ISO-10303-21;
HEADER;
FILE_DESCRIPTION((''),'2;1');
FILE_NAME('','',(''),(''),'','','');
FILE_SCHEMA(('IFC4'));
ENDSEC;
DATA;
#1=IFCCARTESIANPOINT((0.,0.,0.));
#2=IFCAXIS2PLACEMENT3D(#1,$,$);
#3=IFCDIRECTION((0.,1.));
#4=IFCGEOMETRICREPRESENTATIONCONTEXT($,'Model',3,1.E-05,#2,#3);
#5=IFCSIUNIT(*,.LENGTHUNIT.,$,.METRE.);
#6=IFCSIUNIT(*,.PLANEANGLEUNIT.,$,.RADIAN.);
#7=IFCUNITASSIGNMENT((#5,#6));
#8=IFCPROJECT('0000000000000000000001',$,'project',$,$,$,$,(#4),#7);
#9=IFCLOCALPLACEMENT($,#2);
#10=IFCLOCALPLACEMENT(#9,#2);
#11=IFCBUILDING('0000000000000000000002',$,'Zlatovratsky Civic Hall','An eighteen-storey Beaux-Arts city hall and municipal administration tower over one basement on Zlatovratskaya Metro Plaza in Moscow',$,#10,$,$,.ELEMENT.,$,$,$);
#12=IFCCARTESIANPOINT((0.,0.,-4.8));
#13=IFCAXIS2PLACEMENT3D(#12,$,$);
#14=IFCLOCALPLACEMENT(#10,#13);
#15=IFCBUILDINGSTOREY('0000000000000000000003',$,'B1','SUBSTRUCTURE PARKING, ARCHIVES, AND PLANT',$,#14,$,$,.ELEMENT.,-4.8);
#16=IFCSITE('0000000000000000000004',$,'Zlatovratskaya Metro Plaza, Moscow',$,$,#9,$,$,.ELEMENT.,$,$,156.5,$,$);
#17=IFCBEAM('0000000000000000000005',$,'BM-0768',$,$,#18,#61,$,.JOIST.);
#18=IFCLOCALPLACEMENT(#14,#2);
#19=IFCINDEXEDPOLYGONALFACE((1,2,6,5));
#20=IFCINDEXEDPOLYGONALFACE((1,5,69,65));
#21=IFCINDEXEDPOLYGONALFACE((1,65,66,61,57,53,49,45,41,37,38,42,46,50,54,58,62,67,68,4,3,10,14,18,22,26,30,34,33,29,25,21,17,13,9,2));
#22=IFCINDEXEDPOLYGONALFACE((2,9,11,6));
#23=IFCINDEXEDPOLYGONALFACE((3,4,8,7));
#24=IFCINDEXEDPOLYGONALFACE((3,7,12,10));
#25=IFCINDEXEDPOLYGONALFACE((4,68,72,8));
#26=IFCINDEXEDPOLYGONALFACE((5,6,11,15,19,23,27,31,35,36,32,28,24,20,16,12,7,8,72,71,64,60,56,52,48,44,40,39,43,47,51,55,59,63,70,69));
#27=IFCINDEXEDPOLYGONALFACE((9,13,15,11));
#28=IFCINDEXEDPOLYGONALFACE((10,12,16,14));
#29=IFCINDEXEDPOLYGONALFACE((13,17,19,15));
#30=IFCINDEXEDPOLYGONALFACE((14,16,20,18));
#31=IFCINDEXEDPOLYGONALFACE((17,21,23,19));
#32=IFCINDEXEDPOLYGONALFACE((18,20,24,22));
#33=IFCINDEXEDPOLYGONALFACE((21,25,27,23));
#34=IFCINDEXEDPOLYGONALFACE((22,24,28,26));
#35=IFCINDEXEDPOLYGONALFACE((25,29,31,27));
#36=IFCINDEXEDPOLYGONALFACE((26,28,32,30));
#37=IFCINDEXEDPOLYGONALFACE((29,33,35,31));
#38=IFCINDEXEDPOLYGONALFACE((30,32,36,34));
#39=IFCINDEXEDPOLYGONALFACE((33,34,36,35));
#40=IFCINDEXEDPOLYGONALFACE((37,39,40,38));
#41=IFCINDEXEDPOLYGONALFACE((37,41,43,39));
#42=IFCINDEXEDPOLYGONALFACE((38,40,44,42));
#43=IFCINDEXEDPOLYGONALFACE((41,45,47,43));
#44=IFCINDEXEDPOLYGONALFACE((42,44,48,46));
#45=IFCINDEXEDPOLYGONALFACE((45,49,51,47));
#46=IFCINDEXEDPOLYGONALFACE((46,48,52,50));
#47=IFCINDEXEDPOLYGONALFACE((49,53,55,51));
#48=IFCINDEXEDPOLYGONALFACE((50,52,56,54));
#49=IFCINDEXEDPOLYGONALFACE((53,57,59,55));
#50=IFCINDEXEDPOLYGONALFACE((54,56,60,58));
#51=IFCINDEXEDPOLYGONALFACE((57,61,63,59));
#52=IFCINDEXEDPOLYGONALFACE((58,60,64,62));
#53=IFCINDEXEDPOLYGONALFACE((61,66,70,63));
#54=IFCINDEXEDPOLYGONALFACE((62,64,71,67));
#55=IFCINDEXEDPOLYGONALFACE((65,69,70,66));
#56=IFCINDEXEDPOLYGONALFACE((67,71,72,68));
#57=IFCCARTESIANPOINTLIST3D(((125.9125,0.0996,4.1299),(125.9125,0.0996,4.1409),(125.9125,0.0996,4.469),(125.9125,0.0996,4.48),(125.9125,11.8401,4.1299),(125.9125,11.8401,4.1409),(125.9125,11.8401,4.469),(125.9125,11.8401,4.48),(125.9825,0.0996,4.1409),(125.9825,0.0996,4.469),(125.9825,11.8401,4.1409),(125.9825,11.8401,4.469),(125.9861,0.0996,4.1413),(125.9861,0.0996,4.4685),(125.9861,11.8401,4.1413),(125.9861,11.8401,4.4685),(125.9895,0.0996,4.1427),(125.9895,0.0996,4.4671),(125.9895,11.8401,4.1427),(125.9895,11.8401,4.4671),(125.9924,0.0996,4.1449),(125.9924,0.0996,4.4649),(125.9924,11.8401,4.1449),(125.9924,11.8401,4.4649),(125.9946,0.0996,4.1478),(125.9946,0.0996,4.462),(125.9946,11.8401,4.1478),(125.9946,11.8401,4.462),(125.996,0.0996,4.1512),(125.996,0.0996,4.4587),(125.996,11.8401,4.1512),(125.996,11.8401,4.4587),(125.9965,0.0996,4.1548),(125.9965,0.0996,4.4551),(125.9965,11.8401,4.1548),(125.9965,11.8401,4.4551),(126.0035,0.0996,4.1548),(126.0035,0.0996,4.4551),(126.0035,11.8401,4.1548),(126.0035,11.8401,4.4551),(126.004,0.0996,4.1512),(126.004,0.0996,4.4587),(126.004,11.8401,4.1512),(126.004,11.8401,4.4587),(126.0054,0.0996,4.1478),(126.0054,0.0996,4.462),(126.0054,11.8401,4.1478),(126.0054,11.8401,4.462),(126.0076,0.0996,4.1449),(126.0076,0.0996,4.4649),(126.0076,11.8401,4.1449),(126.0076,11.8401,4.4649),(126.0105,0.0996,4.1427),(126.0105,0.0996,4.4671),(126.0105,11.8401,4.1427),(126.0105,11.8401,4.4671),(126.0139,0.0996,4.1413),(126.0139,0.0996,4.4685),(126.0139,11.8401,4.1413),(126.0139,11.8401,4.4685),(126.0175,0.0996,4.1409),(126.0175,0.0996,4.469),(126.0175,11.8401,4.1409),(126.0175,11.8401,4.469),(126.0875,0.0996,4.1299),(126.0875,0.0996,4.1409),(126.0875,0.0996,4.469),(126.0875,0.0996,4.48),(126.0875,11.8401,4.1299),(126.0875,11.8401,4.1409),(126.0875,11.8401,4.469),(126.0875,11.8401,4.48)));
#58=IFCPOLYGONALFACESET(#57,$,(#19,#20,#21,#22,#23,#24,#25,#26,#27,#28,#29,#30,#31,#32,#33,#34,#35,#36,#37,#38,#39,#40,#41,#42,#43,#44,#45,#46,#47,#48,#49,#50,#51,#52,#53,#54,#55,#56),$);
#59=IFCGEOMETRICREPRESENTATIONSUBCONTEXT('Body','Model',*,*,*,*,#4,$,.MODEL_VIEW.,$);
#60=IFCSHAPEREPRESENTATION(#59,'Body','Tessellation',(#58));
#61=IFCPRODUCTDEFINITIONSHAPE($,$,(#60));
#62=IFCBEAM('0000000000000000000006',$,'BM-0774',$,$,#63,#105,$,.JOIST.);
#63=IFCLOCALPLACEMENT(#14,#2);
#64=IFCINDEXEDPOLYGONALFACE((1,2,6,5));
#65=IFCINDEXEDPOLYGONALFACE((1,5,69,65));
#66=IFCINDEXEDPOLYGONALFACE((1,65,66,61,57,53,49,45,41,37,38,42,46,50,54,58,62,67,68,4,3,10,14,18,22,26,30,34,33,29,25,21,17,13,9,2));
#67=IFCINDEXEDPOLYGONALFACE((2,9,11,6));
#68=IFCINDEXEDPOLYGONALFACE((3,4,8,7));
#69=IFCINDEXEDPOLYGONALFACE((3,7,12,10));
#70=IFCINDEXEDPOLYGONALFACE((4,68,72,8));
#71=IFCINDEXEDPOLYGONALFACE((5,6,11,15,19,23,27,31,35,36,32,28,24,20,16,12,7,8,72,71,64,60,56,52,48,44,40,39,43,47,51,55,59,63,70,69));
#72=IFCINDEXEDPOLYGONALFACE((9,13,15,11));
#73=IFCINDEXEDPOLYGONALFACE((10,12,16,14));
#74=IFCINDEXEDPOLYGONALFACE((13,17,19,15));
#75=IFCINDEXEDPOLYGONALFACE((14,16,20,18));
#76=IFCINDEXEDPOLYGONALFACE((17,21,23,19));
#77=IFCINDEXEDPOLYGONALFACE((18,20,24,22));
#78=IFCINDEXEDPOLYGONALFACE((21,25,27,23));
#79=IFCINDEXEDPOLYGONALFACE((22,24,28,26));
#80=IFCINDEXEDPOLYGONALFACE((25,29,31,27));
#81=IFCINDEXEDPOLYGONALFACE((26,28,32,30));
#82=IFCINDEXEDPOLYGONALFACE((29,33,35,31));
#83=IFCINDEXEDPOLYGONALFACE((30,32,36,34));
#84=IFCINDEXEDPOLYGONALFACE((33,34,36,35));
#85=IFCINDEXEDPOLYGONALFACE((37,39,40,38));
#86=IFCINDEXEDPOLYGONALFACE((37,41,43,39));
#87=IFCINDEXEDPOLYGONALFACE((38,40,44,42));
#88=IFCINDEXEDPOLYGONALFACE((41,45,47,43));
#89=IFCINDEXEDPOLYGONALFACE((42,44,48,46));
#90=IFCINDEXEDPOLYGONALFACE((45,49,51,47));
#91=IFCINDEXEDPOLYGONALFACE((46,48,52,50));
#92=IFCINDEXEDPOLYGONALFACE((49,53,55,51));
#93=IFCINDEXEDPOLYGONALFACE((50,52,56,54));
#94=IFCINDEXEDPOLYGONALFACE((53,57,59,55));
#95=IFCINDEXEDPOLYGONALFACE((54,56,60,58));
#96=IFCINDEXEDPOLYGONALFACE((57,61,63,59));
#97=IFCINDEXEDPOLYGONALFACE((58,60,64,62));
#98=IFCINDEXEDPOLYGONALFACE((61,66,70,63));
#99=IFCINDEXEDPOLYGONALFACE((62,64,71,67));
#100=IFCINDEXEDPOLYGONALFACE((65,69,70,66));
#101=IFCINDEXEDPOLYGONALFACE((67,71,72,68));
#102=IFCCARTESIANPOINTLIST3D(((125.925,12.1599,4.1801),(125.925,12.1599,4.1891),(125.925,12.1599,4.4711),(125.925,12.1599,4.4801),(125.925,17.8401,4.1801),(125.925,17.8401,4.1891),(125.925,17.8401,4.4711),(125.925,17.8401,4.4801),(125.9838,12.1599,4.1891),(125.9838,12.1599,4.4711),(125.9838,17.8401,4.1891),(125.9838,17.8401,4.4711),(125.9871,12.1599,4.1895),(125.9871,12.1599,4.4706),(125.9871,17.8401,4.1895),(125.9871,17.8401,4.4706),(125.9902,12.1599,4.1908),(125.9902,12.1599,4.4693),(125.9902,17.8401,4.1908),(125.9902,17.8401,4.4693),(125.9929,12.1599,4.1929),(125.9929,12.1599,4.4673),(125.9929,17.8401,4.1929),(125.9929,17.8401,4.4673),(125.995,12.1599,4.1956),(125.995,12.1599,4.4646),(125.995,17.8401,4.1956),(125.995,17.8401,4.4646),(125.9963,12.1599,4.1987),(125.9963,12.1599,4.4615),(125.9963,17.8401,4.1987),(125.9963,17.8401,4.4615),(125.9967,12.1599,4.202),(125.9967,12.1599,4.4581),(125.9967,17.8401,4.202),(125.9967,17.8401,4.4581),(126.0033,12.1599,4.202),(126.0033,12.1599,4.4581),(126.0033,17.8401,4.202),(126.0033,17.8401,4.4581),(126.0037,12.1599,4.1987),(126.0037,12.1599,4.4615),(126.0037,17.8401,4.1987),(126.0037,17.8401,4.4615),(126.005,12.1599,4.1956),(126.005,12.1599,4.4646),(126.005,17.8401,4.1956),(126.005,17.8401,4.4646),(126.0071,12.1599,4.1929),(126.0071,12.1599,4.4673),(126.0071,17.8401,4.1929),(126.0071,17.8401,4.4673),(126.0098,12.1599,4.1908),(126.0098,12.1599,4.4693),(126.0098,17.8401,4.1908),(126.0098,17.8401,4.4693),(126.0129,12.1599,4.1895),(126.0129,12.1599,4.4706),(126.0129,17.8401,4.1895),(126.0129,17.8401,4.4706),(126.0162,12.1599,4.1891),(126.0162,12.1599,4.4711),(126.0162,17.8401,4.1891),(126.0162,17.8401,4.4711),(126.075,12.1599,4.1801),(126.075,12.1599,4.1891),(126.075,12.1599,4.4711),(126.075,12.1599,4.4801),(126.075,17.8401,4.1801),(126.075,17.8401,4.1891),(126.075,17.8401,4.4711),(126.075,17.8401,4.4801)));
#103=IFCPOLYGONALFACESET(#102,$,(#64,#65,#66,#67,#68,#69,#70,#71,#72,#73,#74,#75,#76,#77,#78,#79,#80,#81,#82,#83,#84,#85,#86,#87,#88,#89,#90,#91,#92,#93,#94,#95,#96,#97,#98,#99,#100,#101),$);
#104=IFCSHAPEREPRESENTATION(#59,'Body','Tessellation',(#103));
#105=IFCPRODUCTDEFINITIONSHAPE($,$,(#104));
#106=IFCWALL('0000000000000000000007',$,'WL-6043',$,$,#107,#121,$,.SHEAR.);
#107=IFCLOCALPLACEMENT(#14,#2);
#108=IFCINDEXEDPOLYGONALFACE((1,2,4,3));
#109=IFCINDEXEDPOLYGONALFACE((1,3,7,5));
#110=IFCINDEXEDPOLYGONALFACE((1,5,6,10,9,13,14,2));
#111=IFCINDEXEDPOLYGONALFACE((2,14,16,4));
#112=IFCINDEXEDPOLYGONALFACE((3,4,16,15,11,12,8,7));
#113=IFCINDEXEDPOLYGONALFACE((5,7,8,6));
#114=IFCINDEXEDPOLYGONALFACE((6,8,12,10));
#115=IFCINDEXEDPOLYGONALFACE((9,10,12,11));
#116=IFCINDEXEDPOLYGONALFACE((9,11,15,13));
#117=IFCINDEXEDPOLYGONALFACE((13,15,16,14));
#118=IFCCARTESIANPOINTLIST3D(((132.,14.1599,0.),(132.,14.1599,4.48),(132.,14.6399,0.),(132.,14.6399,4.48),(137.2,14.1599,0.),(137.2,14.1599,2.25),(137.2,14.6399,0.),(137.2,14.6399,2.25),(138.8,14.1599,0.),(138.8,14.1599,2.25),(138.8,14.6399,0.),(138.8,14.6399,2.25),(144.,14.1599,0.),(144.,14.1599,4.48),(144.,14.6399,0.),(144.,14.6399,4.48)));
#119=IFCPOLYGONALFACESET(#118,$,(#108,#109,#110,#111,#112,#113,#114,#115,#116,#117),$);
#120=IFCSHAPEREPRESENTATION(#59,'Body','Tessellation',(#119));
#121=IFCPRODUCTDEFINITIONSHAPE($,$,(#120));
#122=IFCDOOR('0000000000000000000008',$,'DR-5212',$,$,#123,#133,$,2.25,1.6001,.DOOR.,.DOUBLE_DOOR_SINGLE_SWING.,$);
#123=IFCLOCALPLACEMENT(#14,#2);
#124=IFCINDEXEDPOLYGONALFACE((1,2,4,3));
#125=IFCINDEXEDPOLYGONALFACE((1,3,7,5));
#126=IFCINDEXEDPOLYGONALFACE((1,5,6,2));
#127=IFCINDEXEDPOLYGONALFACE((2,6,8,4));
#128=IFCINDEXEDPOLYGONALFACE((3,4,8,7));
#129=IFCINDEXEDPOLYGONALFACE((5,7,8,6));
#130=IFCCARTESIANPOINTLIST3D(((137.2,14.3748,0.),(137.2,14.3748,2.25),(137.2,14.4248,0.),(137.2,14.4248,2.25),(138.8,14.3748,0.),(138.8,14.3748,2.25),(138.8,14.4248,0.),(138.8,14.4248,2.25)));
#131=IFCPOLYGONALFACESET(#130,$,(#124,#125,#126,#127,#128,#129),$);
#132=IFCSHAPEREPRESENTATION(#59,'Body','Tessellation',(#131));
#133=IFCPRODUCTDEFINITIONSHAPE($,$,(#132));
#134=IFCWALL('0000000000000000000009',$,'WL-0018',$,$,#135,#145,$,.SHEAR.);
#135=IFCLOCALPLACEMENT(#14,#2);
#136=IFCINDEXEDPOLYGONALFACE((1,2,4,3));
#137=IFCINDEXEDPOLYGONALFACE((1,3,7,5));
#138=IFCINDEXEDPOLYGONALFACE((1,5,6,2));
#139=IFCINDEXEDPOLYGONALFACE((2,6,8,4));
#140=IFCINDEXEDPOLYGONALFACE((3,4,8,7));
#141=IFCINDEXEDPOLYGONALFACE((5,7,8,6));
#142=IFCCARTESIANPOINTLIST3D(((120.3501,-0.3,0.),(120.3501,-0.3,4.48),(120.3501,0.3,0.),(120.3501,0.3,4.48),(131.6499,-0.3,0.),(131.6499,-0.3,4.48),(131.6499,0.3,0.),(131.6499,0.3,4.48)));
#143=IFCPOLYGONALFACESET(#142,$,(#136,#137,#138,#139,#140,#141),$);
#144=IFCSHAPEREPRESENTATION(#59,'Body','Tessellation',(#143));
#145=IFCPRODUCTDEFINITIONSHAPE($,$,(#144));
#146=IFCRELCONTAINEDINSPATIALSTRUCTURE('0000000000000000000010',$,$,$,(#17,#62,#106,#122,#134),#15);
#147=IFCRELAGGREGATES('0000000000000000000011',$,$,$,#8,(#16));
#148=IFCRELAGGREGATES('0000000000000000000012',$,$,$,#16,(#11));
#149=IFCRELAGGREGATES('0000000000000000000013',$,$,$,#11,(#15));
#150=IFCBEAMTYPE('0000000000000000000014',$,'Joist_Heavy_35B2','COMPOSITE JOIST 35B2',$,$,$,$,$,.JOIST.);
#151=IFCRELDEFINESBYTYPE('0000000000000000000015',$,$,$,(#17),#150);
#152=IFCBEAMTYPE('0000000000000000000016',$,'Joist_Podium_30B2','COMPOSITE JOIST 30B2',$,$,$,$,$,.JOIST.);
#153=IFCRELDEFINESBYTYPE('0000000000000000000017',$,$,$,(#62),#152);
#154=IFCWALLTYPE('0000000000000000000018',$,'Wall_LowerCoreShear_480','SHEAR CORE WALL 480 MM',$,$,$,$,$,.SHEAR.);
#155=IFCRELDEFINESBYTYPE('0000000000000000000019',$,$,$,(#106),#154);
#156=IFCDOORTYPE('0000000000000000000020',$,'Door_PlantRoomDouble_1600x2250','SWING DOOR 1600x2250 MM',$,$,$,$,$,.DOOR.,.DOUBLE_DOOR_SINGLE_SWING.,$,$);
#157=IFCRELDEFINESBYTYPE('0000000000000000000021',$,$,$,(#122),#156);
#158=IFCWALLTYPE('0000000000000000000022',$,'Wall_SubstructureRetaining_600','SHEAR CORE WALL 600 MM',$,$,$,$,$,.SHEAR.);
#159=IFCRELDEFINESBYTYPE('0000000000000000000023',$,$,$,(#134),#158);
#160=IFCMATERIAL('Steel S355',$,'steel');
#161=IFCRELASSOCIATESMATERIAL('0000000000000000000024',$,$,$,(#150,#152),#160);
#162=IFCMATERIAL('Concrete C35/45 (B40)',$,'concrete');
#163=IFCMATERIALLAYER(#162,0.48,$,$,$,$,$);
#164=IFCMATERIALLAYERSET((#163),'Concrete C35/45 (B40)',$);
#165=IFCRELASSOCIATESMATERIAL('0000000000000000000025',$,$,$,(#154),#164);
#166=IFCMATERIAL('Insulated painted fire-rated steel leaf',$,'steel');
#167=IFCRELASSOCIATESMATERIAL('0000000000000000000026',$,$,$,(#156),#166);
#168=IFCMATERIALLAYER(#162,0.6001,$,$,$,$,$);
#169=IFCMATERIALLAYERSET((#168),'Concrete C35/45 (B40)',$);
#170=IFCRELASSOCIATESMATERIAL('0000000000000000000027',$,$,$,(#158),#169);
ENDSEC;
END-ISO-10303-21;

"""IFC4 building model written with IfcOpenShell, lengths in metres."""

from ifc_helpers import new_model, si_unit, direction, frame, frame_2d, origin, origin_2d, place, context, subcontext, project, spatial, rectangle, i_section, extrude, material, layer, layer_set, material_profile, profile_set, type_object, element, fill, save


model = new_model("IFC4")

# Units and contexts
model_context = context("Model", 3, precision=1e-05, world=origin(), true_north=direction((0.0, 1.0)))
body_context = subcontext(model_context, "Body", "Model", "MODEL_VIEW")
ifc_project = project(units=[si_unit("LENGTHUNIT", "METRE"), si_unit("PLANEANGLEUNIT", "RADIAN")], contexts=[model_context])

# Site, building, storey
site_placement = place(None, origin())
site = spatial("IfcSite", under=ifc_project, at=site_placement, Name="Zlatovratskaya Metro Plaza, Moscow", CompositionType="ELEMENT", RefElevation=156.5)
building_placement = place(site_placement, origin())
building = spatial("IfcBuilding", under=site, at=building_placement, Name="Zlatovratsky Civic Hall", Description="An eighteen-storey Beaux-Arts city hall and municipal administration tower over one basement on Zlatovratskaya Metro Plaza in Moscow", CompositionType="ELEMENT")
storey_placement = place(building_placement, frame((0.0, 0.0, -4.8)))
storey = spatial("IfcBuildingStorey", under=building, at=storey_placement, Name="B1", Description="SUBSTRUCTURE PARKING, ARCHIVES, AND PLANT", CompositionType="ELEMENT", Elevation=-4.8)

# Shared definitions
ifc_material_1 = material(Name="Concrete C35/45 (B40)", Category="concrete")
ifc_material_2 = material(Name="Steel S355", Category="steel")

# Beams
ifc_material_profile_1 = material_profile(ifc_material_2, i_section(OverallWidth=0.175, OverallDepth=0.3501, WebThickness=0.0071, FlangeThickness=0.011, FilletRadius=0.0139, at=origin_2d()), Name="35B2")
ifc_profile_set_1 = profile_set([ifc_material_profile_1], Name="Steel S355")
beam_type_1 = type_object("IfcBeamType", Name="Joist_Heavy_35B2", Description="COMPOSITE JOIST 35B2", PredefinedType="JOIST", material=ifc_profile_set_1)
beam_1_placement = place(storey_placement, frame((126.0, 0.0996, 4.3049), z_axis=(0.0, 1.0, 0.0), x_axis=(-1.0, 0.0, 0.0)))
element("IfcBeam", 1, at=beam_1_placement, inside=storey, type_object=beam_type_1, Name="BM-0768", PredefinedType="JOIST", context=body_context, shape_type="SweptSolid", body=[
    extrude(i_section(OverallWidth=0.175, OverallDepth=0.3501, WebThickness=0.0071, FlangeThickness=0.011, FilletRadius=0.0139, at=origin_2d()), origin(), (0.0, 0.0, 1.0), 11.7405),
])
ifc_material_profile_2 = material_profile(ifc_material_2, i_section(OverallWidth=0.1499, OverallDepth=0.3, WebThickness=0.0066, FlangeThickness=0.009, FilletRadius=0.0129, at=origin_2d()), Name="30B2")
ifc_profile_set_2 = profile_set([ifc_material_profile_2], Name="Steel S355")
beam_type_2 = type_object("IfcBeamType", Name="Joist_Podium_30B2", Description="COMPOSITE JOIST 30B2", PredefinedType="JOIST", material=ifc_profile_set_2)
beam_2_placement = place(storey_placement, frame((126.0, 12.1599, 4.3301), z_axis=(0.0, 1.0, 0.0), x_axis=(-1.0, 0.0, 0.0)))
element("IfcBeam", 2, at=beam_2_placement, inside=storey, type_object=beam_type_2, Name="BM-0774", PredefinedType="JOIST", context=body_context, shape_type="SweptSolid", body=[
    extrude(i_section(OverallWidth=0.1499, OverallDepth=0.3, WebThickness=0.0066, FlangeThickness=0.009, FilletRadius=0.0129, at=origin_2d()), origin(), (0.0, 0.0, 1.0), 5.6802),
])

# Wall, opening, door
ifc_layer_1 = layer(ifc_material_1, 0.48)
ifc_layer_set_1 = layer_set([ifc_layer_1], Name="Concrete C35/45 (B40)")
wall_type_1 = type_object("IfcWallType", Name="Wall_LowerCoreShear_480", Description="SHEAR CORE WALL 480 MM", PredefinedType="SHEAR", material=ifc_layer_set_1)
wall_1_placement = place(storey_placement, frame((132.0, 14.3999, 0.0), z_axis=(0.0, 0.0, 1.0), x_axis=(1.0, 0.0, 0.0)))
wall_1 = element("IfcWall", 3, at=wall_1_placement, inside=storey, type_object=wall_type_1, Name="WL-6043", PredefinedType="SHEAR", context=body_context, shape_type="SweptSolid", body=[
    extrude(rectangle(XDim=12.0, YDim=0.48, at=frame_2d((6.0, 0.0))), origin(), (0.0, 0.0, 1.0), 4.48),
])
opening_placement = place(wall_1_placement, frame((5.2, 0.0, 0.0)))
opening = element("IfcOpeningElement", 4, at=opening_placement, cuts=wall_1, PredefinedType="OPENING", context=body_context, shape_type="SweptSolid", body=[
    extrude(rectangle(XDim=1.6001, YDim=2.25, at=frame_2d((0.8, 1.125))), frame((0.0, 0.2549, 0.0), z_axis=(0.0, -1.0, 0.0), x_axis=(1.0, 0.0, 0.0)), (0.0, 0.0, 1.0), 0.5098),
])
ifc_material_3 = material(Name="Insulated painted fire-rated steel leaf", Category="steel")
door_type = type_object("IfcDoorType", Name="Door_PlantRoomDouble_1600x2250", Description="SWING DOOR 1600x2250 MM", OperationType="DOUBLE_DOOR_SINGLE_SWING", PredefinedType="DOOR", material=ifc_material_3)
door_placement = place(opening_placement, origin())
door = element("IfcDoor", 5, at=door_placement, inside=storey, type_object=door_type, Name="DR-5212", OperationType="DOUBLE_DOOR_SINGLE_SWING", OverallHeight=2.25, OverallWidth=1.6001, PredefinedType="DOOR", context=body_context, shape_type="SweptSolid", body=[
    extrude(rectangle(XDim=1.6001, YDim=2.25, at=frame_2d((0.8, 1.125))), frame((0.0, 0.0249, 0.0), z_axis=(0.0, -1.0, 0.0), x_axis=(1.0, 0.0, 0.0)), (0.0, 0.0, 1.0), 0.05),
])
fill(opening, door)

# Wall
ifc_layer_2 = layer(ifc_material_1, 0.6001)
ifc_layer_set_2 = layer_set([ifc_layer_2], Name="Concrete C35/45 (B40)")
wall_type_2 = type_object("IfcWallType", Name="Wall_SubstructureRetaining_600", Description="SHEAR CORE WALL 600 MM", PredefinedType="SHEAR", material=ifc_layer_set_2)
wall_2_placement = place(storey_placement, frame((120.3501, 0.0, 0.0), z_axis=(0.0, 0.0, 1.0), x_axis=(1.0, 0.0, 0.0)))
element("IfcWall", 6, at=wall_2_placement, inside=storey, type_object=wall_type_2, Name="WL-0018", PredefinedType="SHEAR", context=body_context, shape_type="SweptSolid", body=[
    extrude(rectangle(XDim=11.2998, YDim=0.6001, at=frame_2d((5.6499, 0.0))), origin(), (0.0, 0.0, 1.0), 4.48),
])

save(model, "model.ifc")
